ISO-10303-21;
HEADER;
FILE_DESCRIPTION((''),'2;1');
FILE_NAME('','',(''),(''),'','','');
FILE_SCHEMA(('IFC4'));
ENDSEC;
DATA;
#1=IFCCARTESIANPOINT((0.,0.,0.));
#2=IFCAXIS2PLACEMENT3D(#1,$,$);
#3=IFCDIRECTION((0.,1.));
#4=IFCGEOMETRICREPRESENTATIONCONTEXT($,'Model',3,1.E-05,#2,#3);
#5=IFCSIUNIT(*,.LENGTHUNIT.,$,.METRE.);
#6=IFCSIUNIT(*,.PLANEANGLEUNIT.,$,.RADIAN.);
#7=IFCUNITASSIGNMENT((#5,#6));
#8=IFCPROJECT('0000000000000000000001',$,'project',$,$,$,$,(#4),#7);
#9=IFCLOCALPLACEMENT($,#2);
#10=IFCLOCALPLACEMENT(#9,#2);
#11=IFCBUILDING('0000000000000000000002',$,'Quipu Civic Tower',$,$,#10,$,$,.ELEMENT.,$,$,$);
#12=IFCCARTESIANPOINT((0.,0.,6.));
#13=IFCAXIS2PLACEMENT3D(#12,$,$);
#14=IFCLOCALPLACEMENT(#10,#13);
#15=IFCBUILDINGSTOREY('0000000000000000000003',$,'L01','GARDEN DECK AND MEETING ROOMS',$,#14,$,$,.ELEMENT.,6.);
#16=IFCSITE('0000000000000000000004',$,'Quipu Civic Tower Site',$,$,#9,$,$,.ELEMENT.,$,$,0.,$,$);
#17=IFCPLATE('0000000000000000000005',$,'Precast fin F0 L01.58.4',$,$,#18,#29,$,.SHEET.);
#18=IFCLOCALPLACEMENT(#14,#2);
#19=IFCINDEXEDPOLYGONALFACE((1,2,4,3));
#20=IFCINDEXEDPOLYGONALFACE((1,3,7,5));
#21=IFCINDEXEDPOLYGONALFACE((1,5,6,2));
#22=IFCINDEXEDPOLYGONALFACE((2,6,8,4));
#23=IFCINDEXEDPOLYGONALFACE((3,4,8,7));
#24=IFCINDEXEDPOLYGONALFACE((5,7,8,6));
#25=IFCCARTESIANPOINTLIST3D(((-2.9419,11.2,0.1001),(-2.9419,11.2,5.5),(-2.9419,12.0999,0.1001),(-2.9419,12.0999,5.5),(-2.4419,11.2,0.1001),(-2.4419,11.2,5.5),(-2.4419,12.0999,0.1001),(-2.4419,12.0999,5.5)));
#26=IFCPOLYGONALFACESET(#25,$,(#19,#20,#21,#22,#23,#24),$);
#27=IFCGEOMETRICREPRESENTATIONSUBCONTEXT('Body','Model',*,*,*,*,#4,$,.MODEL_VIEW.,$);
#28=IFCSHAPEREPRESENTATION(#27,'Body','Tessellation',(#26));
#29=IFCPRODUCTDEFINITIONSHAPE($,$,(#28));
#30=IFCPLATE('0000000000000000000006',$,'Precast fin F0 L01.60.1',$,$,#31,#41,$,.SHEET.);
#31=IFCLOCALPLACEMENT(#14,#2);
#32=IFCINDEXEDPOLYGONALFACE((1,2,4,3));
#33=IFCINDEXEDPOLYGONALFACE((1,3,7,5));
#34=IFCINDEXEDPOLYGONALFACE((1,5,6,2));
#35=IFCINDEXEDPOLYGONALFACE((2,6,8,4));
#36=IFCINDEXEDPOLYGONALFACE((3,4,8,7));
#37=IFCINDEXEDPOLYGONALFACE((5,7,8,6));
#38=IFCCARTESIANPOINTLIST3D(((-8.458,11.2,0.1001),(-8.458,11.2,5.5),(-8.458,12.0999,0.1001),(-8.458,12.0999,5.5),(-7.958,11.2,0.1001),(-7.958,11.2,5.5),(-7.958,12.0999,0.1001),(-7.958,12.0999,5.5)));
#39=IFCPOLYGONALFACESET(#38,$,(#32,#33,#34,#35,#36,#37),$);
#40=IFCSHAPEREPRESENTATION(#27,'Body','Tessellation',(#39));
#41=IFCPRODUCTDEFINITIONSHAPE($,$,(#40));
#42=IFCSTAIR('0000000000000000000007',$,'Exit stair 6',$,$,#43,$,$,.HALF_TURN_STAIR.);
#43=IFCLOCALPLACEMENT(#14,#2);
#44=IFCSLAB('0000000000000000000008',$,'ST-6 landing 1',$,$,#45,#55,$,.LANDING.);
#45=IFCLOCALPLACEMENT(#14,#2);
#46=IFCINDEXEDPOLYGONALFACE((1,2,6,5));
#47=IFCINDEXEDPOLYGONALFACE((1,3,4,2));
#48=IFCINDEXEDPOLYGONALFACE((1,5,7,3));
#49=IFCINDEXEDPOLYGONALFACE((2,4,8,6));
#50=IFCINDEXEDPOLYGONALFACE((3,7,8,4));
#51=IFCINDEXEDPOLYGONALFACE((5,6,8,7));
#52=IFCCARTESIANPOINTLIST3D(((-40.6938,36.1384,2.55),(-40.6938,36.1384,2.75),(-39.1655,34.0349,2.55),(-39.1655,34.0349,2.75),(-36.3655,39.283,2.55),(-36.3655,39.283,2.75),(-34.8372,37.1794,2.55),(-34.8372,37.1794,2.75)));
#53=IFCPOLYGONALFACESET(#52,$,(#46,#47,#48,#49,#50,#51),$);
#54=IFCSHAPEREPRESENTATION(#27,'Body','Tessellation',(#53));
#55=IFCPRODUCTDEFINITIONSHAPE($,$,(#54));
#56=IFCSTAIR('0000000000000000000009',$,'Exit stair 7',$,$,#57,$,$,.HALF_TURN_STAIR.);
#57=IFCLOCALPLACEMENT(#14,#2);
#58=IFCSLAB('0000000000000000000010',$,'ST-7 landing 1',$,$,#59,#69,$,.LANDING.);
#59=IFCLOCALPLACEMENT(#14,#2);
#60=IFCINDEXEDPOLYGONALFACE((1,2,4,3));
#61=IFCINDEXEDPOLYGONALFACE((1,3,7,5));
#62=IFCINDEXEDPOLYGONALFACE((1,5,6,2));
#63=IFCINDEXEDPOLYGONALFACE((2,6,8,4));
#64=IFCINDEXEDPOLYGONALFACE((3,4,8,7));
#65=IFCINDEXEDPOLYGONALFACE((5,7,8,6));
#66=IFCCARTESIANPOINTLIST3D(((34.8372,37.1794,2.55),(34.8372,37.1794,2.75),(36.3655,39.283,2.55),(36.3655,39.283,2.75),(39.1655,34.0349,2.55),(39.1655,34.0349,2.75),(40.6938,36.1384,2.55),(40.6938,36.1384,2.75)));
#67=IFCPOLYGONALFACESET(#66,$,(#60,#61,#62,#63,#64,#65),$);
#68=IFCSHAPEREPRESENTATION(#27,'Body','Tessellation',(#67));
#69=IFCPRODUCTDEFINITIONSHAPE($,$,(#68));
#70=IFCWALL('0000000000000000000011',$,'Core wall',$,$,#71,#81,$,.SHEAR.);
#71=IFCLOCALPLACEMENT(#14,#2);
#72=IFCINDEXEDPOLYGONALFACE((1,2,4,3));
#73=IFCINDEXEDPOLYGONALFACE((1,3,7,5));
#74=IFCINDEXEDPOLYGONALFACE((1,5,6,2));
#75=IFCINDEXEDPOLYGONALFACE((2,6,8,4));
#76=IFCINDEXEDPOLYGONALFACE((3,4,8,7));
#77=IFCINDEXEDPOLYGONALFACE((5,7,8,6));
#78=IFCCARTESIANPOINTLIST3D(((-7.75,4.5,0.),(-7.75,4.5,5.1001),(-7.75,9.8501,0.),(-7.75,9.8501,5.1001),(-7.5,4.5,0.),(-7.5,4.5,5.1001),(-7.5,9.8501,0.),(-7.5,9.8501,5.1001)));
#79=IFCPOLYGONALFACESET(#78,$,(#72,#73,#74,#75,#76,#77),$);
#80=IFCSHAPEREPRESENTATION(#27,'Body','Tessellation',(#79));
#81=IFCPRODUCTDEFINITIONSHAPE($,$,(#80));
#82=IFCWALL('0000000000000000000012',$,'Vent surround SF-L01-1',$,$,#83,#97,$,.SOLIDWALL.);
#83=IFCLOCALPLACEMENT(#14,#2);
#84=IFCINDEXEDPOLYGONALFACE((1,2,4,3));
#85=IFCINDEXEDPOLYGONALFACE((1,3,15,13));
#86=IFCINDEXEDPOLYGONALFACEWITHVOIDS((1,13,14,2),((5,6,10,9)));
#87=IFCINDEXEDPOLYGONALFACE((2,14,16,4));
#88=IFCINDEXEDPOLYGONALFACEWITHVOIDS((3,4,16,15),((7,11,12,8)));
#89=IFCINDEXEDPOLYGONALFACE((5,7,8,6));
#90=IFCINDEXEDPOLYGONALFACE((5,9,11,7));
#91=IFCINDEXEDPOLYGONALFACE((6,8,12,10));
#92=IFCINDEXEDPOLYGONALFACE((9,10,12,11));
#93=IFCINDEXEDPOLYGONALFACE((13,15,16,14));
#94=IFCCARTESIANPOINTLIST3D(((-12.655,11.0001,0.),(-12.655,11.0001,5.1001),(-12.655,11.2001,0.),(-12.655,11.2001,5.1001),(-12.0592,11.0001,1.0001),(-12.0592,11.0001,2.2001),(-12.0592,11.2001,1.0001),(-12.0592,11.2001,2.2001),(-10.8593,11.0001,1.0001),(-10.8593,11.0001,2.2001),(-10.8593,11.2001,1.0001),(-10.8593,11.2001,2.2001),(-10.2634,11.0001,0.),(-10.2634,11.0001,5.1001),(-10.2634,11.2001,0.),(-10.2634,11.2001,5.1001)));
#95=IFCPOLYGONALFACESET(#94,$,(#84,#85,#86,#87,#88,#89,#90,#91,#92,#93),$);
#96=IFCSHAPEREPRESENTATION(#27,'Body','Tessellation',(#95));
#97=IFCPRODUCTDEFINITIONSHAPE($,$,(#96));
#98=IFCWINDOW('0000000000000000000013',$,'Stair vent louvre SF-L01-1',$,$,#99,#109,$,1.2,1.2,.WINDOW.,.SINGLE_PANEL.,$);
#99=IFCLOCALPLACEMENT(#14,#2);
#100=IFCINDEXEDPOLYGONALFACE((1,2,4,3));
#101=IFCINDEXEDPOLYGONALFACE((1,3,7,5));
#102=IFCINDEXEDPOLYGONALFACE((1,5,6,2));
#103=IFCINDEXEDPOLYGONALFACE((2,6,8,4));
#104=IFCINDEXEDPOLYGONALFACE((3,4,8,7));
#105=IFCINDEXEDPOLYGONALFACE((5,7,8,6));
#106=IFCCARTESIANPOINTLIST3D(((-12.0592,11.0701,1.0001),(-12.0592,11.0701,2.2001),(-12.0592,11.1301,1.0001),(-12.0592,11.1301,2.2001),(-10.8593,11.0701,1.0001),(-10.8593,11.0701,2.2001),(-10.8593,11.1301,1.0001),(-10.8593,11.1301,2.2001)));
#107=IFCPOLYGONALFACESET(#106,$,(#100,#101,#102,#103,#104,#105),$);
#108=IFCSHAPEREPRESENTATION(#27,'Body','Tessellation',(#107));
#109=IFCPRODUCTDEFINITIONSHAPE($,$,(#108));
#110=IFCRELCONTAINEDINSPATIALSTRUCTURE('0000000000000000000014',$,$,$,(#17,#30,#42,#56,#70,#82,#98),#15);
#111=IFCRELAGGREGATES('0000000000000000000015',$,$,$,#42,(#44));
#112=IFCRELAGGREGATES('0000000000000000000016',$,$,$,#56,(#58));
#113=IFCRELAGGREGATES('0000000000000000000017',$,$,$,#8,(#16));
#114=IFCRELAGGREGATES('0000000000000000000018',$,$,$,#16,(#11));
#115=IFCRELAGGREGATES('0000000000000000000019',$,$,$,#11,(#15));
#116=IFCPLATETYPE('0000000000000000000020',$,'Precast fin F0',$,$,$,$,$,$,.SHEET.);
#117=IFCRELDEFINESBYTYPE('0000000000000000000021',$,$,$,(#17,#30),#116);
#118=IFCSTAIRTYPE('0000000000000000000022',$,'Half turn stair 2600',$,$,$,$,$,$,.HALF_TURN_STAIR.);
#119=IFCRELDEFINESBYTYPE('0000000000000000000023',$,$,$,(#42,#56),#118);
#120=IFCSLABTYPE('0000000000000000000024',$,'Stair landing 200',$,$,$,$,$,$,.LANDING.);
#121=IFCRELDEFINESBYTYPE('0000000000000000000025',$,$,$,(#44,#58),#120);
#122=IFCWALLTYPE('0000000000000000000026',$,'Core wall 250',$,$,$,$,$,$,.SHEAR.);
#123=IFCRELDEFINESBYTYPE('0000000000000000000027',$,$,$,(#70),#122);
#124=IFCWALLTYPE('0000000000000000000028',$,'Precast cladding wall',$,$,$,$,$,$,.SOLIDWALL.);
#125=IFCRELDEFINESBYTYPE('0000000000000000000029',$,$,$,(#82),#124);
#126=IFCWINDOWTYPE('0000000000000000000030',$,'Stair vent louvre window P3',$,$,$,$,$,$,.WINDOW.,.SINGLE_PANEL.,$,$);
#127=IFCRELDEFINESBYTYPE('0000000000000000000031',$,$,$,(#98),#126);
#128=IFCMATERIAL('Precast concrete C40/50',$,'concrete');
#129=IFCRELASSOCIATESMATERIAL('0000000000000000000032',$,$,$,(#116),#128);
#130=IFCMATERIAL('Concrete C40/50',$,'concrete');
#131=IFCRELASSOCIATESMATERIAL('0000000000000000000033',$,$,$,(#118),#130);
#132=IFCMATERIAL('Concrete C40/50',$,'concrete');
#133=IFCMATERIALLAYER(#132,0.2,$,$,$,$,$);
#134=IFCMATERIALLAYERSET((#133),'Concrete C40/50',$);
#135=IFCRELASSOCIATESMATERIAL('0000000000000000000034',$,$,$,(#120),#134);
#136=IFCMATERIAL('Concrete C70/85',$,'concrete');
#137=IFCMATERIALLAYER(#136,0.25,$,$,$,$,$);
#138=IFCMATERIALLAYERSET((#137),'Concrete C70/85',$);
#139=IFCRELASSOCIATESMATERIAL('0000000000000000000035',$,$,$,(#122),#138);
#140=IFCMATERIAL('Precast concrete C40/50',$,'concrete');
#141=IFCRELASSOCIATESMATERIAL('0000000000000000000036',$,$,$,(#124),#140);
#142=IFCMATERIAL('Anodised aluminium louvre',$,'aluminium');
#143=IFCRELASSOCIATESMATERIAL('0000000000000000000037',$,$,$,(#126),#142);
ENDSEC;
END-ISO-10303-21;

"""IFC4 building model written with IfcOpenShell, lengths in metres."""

from ifc_helpers import new_model, si_unit, direction, frame, frame_2d, origin, origin_2d, place, context, subcontext, project, spatial, polyline, rectangle, outline, extrude, material, layer, layer_set, type_object, element, fill, aggregate, save


model = new_model("IFC4")

# Units and contexts
model_context = context("Model", 3, precision=1e-05, world=origin(), true_north=direction((0.0, 1.0)))
body_context = subcontext(model_context, "Body", "Model", "MODEL_VIEW")
ifc_project = project(units=[si_unit("LENGTHUNIT", "METRE"), si_unit("PLANEANGLEUNIT", "RADIAN")], contexts=[model_context])

# Site, building, storey
site_placement = place(None, origin())
site = spatial("IfcSite", under=ifc_project, at=site_placement, Name="Quipu Civic Tower Site", CompositionType="ELEMENT", RefElevation=0.0)
building_placement = place(site_placement, origin())
building = spatial("IfcBuilding", under=site, at=building_placement, Name="Quipu Civic Tower", CompositionType="ELEMENT")
storey_placement = place(building_placement, frame((0.0, 0.0, 6.0)))
storey = spatial("IfcBuildingStorey", under=building, at=storey_placement, Name="L01", Description="GARDEN DECK AND MEETING ROOMS", CompositionType="ELEMENT", Elevation=6.0)

# Plates
ifc_material_1 = material(Name="Precast concrete C40/50", Category="concrete")
plate_type_1 = type_object("IfcPlateType", Name="Precast fin F0", PredefinedType="SHEET", material=ifc_material_1)
for number, where, z_axis, x_axis, name in (
    (1, (-2.6919, 11.6499, 0.1001), (0.0, 0.0, 1.0), (-1.0, 0.0, 0.0), "Precast fin F0 L01.58.4"),
    (2, (-8.208, 11.6499, 0.1001), (0.0, 0.0, 1.0), (-1.0, 0.0, 0.0), "Precast fin F0 L01.60.1"),
):
    element("IfcPlate", number, at=place(storey_placement, frame(where, z_axis=z_axis, x_axis=x_axis)), inside=storey, type_object=plate_type_1, Name=name, PredefinedType="SHEET", context=body_context, shape_type="SweptSolid", body=[
        extrude(rectangle(XDim=0.5, YDim=0.8999, at=origin_2d()), origin(), (0.0, 0.0, 1.0), 5.3999),
    ])

# Stairs, slabs
ifc_material_2 = material(Name="Concrete C40/50", Category="concrete")
stair_type = type_object("IfcStairType", Name="Half turn stair 2600", PredefinedType="HALF_TURN_STAIR", material=ifc_material_2)
stair_1_placement = place(storey_placement, origin())
stair_1 = element("IfcStair", 3, at=stair_1_placement, inside=storey, type_object=stair_type, Name="Exit stair 6", PredefinedType="HALF_TURN_STAIR")
ifc_material_3 = material(Name="Concrete C40/50", Category="concrete")
ifc_layer_1 = layer(ifc_material_3, 0.2)
ifc_layer_set_1 = layer_set([ifc_layer_1], Name="Concrete C40/50")
slab_type = type_object("IfcSlabType", Name="Stair landing 200", PredefinedType="LANDING", material=ifc_layer_set_1)
slab_1_placement = place(storey_placement, frame((0.0, 0.0, 2.55)))
slab_1 = element("IfcSlab", 4, at=slab_1_placement, type_object=slab_type, Name="ST-6 landing 1", PredefinedType="LANDING", context=body_context, shape_type="SweptSolid", body=[
    extrude(outline(polyline([(-34.8372, 37.1794), (-36.3655, 39.283), (-40.6938, 36.1384), (-39.1655, 34.0349), (-34.8372, 37.1794)])), origin(), (0.0, 0.0, 1.0), 0.2),
])
aggregate(stair_1, [slab_1])
stair_2_placement = place(storey_placement, origin())
stair_2 = element("IfcStair", 5, at=stair_2_placement, inside=storey, type_object=stair_type, Name="Exit stair 7", PredefinedType="HALF_TURN_STAIR")
slab_2_placement = place(storey_placement, frame((0.0, 0.0, 2.55)))
slab_2 = element("IfcSlab", 6, at=slab_2_placement, type_object=slab_type, Name="ST-7 landing 1", PredefinedType="LANDING", context=body_context, shape_type="SweptSolid", body=[
    extrude(outline(polyline([(39.1655, 34.0349), (40.6938, 36.1384), (36.3655, 39.283), (34.8372, 37.1794), (39.1655, 34.0349)])), origin(), (0.0, 0.0, 1.0), 0.2),
])
aggregate(stair_2, [slab_2])

# Wall
ifc_material_4 = material(Name="Concrete C70/85", Category="concrete")
ifc_layer_2 = layer(ifc_material_4, 0.25)
ifc_layer_set_2 = layer_set([ifc_layer_2], Name="Concrete C70/85")
wall_type_1 = type_object("IfcWallType", Name="Core wall 250", PredefinedType="SHEAR", material=ifc_layer_set_2)
wall_1_placement = place(storey_placement, frame((-7.625, 4.5, 0.0), z_axis=(0.0, 0.0, 1.0), x_axis=(0.0, 1.0, 0.0)))
element("IfcWall", 7, at=wall_1_placement, inside=storey, type_object=wall_type_1, Name="Core wall", PredefinedType="SHEAR", context=body_context, shape_type="SweptSolid", body=[
    extrude(rectangle(XDim=5.3501, YDim=0.25, at=frame_2d((2.675, 0.0))), origin(), (0.0, 0.0, 1.0), 5.1001),
])

# Wall, opening, window
ifc_material_5 = material(Name="Precast concrete C40/50", Category="concrete")
wall_type_2 = type_object("IfcWallType", Name="Precast cladding wall", PredefinedType="SOLIDWALL", material=ifc_material_5)
wall_2_placement = place(storey_placement, frame((-10.2634, 11.1001, 0.0), z_axis=(0.0, 0.0, 1.0), x_axis=(-1.0, 0.0, 0.0)))
wall_2 = element("IfcWall", 8, at=wall_2_placement, inside=storey, type_object=wall_type_2, Name="Vent surround SF-L01-1", PredefinedType="SOLIDWALL", context=body_context, shape_type="SweptSolid", body=[
    extrude(rectangle(XDim=2.3916, YDim=0.2, at=frame_2d((1.1958, 0.0))), origin(), (0.0, 0.0, 1.0), 5.1001),
])
opening_1_placement = place(wall_2_placement, frame((0.5957, 0.0, 1.0)))
opening_1 = element("IfcOpeningElement", 9, at=opening_1_placement, cuts=wall_2, PredefinedType="OPENING", context=body_context, shape_type="SweptSolid", body=[
    extrude(rectangle(XDim=1.2, YDim=1.2, at=frame_2d((0.6001, 0.6001))), frame((0.0, 0.1099, 0.0), z_axis=(0.0, -1.0, 0.0), x_axis=(1.0, 0.0, 0.0)), (0.0, 0.0, 1.0), 0.22),
])
ifc_material_6 = material(Name="Anodised aluminium louvre", Category="aluminium")
window_type = type_object("IfcWindowType", Name="Stair vent louvre window P3", PartitioningType="SINGLE_PANEL", PredefinedType="WINDOW", material=ifc_material_6)
window_placement = place(opening_1_placement, origin())
window = element("IfcWindow", 10, at=window_placement, inside=storey, type_object=window_type, Name="Stair vent louvre SF-L01-1", OverallHeight=1.2, OverallWidth=1.2, PartitioningType="SINGLE_PANEL", PredefinedType="WINDOW", context=body_context, shape_type="SweptSolid", body=[
    extrude(rectangle(XDim=1.2, YDim=1.2, at=frame_2d((0.6001, 0.6001))), frame((0.0, 0.03, 0.0), z_axis=(0.0, -1.0, 0.0), x_axis=(1.0, 0.0, 0.0)), (0.0, 0.0, 1.0), 0.0601),
])
fill(opening_1, window)

save(model, "model.ifc")
